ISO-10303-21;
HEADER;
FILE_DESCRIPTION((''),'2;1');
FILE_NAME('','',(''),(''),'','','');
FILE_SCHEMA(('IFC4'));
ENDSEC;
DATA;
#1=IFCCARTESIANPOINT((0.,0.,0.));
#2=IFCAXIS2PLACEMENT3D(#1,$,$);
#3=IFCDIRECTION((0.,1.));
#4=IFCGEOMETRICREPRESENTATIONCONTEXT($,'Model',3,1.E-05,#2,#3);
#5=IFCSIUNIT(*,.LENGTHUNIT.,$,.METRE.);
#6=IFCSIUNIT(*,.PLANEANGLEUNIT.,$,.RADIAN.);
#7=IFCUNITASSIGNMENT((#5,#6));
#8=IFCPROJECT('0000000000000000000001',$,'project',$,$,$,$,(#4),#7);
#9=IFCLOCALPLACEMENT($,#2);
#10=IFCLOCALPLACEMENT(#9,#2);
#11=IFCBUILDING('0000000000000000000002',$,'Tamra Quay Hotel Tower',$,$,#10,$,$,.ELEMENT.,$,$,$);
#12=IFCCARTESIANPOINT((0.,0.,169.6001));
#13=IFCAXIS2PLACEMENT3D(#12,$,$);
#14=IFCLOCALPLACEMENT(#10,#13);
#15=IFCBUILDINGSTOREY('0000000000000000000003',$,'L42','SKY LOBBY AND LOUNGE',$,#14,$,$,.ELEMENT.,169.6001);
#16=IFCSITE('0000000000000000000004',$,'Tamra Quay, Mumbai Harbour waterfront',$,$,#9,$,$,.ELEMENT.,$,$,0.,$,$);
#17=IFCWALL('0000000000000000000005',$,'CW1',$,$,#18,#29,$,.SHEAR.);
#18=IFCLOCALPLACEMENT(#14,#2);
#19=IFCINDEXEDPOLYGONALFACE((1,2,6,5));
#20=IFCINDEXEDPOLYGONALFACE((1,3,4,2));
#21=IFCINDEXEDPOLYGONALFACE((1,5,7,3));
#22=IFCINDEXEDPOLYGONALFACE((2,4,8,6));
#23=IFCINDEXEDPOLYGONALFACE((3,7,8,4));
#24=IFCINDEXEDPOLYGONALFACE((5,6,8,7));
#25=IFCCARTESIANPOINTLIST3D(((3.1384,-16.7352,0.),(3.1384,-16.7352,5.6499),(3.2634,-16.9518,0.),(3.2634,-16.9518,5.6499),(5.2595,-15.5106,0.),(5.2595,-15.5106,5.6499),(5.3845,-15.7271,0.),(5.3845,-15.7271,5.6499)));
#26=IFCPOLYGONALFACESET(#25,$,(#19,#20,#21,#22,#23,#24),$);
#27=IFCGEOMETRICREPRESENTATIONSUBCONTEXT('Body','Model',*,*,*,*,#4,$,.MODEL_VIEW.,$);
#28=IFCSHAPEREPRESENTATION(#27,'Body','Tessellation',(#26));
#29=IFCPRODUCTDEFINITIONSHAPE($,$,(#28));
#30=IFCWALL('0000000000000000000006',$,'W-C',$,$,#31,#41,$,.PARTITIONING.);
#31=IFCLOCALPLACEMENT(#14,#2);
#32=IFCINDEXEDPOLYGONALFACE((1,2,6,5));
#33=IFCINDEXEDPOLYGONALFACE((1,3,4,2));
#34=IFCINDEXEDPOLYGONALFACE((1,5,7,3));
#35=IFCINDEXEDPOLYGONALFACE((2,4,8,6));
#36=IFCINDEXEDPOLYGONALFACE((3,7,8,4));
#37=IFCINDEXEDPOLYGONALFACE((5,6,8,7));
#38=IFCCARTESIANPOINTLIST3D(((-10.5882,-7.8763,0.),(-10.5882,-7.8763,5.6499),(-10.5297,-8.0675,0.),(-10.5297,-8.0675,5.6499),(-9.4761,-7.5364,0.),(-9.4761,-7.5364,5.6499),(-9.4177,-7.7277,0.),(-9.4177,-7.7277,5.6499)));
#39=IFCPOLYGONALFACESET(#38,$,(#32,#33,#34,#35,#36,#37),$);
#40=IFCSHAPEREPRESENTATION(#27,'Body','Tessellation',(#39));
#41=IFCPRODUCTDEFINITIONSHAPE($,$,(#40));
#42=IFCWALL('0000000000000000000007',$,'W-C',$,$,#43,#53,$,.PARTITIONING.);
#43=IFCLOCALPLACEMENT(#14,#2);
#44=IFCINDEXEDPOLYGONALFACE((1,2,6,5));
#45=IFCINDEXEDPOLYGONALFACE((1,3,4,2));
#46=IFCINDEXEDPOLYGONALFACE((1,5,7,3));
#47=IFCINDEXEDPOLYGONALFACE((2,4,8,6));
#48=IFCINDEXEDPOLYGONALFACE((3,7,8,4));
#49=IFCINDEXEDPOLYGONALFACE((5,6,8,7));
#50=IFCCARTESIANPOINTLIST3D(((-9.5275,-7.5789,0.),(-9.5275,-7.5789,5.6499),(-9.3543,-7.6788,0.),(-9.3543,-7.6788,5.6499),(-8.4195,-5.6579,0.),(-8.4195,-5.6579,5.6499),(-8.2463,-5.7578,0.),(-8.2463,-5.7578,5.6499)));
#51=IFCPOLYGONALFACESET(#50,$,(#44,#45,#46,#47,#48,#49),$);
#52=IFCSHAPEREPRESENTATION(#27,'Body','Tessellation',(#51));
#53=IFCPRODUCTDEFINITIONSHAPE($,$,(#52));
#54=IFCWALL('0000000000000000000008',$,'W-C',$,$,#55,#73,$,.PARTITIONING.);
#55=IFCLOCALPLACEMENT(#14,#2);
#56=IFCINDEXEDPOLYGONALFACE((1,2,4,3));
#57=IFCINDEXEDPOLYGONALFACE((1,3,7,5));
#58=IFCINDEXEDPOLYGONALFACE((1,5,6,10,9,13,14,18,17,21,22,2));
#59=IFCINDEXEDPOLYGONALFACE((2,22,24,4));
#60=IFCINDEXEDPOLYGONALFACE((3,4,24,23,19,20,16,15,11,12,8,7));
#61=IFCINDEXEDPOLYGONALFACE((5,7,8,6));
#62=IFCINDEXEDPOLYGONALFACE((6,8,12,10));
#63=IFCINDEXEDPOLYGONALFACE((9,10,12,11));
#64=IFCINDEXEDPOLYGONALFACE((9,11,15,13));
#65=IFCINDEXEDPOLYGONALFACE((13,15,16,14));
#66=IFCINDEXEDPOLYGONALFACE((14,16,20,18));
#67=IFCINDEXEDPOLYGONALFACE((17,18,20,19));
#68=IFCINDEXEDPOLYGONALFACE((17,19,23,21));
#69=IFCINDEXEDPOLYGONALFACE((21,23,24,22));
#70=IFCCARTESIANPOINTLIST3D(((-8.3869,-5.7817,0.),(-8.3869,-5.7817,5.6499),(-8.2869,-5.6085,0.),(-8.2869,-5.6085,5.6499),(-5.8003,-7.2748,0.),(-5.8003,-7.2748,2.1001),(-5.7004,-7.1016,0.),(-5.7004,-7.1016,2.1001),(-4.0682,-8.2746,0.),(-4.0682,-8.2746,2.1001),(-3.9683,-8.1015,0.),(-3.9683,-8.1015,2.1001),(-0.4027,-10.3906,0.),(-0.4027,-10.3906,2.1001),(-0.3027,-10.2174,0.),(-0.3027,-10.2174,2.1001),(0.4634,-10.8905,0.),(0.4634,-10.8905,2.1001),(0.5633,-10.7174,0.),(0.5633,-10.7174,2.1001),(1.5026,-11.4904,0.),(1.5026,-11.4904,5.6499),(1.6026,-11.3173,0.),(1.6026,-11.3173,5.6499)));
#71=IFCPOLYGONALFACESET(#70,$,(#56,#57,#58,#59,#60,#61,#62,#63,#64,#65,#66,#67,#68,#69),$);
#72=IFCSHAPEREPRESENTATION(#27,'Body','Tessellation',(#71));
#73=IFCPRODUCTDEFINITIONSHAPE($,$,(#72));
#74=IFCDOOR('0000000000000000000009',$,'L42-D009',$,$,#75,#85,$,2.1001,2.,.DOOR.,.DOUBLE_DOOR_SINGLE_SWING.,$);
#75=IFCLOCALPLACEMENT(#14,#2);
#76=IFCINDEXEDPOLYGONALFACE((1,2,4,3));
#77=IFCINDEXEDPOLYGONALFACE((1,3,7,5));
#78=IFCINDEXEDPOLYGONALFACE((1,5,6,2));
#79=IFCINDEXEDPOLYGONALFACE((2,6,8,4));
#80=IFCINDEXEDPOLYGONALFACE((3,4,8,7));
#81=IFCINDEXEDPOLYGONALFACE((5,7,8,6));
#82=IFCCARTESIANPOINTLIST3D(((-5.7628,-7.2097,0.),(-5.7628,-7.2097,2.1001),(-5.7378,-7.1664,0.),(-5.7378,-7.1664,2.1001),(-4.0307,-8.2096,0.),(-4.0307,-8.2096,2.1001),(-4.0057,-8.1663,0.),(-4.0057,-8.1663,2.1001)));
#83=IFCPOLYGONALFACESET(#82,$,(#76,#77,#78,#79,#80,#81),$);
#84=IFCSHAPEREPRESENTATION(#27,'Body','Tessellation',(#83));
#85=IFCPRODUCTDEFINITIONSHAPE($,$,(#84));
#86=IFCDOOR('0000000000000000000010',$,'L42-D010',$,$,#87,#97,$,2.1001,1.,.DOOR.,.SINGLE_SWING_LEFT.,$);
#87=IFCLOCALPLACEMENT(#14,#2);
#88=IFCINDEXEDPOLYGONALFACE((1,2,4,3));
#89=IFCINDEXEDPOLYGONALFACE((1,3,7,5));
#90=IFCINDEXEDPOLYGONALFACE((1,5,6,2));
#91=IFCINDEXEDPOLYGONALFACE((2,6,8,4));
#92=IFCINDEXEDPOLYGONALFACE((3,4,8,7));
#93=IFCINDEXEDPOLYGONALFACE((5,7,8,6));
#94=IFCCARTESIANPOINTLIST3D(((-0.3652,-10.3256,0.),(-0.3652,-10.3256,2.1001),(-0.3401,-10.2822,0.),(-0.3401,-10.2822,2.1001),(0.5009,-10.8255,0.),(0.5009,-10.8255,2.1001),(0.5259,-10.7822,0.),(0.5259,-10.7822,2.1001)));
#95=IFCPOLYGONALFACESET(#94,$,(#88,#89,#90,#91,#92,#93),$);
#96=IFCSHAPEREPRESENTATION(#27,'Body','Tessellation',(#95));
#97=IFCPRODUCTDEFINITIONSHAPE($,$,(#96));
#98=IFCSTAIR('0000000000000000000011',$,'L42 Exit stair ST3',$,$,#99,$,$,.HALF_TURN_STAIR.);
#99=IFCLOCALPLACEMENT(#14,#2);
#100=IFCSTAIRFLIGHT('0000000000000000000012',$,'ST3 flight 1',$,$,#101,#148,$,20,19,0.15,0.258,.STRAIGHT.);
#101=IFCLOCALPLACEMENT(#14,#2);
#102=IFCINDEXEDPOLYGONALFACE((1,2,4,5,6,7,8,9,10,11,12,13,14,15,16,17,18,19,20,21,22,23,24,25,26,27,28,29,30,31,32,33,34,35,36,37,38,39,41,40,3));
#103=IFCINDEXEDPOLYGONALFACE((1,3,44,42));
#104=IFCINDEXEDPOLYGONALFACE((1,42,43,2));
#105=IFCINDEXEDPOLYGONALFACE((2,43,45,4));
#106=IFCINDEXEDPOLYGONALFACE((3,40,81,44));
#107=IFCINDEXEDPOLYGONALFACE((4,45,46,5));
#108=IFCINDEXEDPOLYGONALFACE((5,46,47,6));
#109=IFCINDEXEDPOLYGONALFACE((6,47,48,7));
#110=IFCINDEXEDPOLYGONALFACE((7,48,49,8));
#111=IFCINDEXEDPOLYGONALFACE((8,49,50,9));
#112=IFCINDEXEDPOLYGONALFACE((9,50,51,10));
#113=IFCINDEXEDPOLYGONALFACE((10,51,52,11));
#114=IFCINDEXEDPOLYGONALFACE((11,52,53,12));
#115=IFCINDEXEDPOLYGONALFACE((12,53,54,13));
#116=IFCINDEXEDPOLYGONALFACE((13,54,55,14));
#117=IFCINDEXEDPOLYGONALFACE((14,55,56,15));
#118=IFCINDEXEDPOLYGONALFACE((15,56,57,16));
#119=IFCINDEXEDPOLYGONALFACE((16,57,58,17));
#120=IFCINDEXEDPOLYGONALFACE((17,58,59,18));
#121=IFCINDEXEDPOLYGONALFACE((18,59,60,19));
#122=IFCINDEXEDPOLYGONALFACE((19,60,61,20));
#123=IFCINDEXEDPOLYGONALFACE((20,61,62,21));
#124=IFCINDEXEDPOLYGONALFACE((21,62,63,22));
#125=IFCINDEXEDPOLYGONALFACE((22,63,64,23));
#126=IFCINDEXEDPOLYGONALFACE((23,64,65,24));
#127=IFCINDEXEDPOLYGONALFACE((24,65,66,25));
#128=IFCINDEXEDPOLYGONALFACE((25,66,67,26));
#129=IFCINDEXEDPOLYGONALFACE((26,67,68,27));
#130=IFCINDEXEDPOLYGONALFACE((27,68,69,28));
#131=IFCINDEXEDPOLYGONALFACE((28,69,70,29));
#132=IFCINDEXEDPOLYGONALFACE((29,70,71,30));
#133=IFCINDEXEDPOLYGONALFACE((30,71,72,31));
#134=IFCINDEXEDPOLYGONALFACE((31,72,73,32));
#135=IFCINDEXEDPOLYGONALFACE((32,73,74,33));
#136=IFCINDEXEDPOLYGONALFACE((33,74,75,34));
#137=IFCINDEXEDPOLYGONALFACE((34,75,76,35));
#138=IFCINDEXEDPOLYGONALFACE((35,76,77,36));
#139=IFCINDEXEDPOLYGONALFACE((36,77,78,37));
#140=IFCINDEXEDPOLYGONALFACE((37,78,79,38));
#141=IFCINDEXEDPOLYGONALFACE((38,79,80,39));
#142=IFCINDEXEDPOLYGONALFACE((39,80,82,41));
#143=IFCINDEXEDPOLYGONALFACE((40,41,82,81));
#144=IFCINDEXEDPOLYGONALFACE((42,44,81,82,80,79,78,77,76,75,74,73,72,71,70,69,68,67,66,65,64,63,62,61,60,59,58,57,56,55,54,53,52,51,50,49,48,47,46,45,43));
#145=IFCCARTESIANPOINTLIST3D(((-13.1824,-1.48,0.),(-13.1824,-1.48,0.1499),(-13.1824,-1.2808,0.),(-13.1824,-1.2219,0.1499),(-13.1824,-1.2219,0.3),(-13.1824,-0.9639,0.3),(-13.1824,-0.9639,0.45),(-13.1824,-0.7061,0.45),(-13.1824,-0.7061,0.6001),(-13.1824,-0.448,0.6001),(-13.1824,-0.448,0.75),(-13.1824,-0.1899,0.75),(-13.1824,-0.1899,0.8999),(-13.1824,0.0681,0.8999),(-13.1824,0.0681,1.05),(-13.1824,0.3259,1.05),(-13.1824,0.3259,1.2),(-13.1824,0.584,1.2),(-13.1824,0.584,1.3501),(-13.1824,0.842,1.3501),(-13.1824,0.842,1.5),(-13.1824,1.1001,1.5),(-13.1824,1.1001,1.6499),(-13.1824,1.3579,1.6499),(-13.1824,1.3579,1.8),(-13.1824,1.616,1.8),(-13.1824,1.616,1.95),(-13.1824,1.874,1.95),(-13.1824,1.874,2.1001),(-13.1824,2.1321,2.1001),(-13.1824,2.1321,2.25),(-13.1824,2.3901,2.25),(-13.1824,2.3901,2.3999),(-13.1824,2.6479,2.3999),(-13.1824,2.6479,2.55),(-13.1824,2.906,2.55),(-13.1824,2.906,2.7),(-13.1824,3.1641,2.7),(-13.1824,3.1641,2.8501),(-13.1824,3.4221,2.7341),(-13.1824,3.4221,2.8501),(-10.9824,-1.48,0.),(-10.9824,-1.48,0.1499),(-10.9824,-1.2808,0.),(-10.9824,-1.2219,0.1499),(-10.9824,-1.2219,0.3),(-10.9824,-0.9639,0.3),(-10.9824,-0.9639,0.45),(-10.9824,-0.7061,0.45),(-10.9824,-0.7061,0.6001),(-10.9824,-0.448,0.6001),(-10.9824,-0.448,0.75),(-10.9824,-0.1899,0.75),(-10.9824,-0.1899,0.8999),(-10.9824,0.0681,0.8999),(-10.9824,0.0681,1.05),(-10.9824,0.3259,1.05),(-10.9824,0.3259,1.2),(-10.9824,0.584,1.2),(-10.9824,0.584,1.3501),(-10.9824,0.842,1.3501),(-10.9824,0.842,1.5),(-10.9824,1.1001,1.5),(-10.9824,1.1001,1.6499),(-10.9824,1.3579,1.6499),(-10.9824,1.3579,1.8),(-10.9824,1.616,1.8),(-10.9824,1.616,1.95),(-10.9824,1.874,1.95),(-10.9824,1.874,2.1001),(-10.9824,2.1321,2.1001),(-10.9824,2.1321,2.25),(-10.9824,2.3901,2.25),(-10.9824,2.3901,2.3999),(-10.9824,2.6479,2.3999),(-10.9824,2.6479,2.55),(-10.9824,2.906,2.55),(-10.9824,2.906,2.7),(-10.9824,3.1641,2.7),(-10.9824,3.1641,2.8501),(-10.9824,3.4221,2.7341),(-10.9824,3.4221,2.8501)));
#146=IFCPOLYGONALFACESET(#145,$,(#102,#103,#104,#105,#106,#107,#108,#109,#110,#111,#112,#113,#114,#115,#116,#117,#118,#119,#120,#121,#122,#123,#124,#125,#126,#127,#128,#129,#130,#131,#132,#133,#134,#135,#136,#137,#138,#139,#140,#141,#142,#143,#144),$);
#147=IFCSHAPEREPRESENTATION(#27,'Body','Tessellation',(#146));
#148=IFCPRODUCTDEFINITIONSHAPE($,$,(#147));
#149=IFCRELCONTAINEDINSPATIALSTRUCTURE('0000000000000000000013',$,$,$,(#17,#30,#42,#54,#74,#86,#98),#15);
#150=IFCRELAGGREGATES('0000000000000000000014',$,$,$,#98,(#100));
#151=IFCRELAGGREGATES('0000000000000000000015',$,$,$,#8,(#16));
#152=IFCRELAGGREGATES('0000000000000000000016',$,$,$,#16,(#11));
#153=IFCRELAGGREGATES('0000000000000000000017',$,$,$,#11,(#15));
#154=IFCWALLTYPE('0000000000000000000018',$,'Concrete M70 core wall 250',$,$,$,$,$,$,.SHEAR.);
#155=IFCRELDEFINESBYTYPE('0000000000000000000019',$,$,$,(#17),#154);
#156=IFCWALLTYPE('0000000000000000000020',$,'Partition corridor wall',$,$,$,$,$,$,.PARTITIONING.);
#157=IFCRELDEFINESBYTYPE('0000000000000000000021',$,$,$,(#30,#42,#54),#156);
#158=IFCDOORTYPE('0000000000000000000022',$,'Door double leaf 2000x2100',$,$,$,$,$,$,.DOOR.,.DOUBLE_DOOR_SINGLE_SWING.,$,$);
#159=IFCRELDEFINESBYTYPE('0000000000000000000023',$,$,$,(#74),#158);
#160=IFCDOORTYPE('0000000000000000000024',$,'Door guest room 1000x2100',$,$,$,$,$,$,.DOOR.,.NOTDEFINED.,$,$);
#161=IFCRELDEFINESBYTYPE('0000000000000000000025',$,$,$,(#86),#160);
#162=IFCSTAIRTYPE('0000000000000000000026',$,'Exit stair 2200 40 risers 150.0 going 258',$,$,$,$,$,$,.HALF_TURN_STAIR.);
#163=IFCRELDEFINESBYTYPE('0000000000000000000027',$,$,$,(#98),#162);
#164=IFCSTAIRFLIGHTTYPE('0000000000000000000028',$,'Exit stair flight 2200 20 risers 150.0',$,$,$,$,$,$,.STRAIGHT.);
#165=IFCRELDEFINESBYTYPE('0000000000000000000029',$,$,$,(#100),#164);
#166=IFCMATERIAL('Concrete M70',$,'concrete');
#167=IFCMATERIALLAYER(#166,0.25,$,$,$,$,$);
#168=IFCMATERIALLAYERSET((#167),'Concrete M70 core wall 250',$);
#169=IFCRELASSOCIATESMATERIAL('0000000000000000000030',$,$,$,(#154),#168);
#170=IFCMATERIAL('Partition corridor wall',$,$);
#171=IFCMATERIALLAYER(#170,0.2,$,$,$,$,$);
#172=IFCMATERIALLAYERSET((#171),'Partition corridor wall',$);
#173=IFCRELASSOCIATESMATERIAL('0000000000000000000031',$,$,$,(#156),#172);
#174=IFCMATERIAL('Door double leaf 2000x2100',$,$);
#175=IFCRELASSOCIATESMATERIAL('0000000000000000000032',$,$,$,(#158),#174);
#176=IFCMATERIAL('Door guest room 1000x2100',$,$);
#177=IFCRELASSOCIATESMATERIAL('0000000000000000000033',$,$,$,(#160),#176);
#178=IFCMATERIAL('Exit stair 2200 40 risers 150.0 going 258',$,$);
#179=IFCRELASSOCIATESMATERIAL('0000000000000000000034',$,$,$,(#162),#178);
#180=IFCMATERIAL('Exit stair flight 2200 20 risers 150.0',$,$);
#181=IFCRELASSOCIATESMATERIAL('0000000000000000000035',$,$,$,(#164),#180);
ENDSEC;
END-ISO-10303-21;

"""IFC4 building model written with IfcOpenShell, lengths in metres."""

from ifc_helpers import new_model, si_unit, direction, frame, frame_2d, origin, place, context, subcontext, project, spatial, polyline, rectangle, outline, extrude, material, layer, layer_set, type_object, element, fill, aggregate, save


model = new_model("IFC4")

# Units and contexts
model_context = context("Model", 3, precision=1e-05, world=origin(), true_north=direction((0.0, 1.0)))
body_context = subcontext(model_context, "Body", "Model", "MODEL_VIEW")
ifc_project = project(units=[si_unit("LENGTHUNIT", "METRE"), si_unit("PLANEANGLEUNIT", "RADIAN")], contexts=[model_context])

# Site, building, storey
site_placement = place(None, origin())
site = spatial("IfcSite", under=ifc_project, at=site_placement, Name="Tamra Quay, Mumbai Harbour waterfront", CompositionType="ELEMENT", RefElevation=0.0)
building_placement = place(site_placement, origin())
building = spatial("IfcBuilding", under=site, at=building_placement, Name="Tamra Quay Hotel Tower", CompositionType="ELEMENT")
storey_placement = place(building_placement, frame((0.0, 0.0, 169.6001)))
storey = spatial("IfcBuildingStorey", under=building, at=storey_placement, Name="L42", Description="SKY LOBBY AND LOUNGE", CompositionType="ELEMENT", Elevation=169.6001)

# Shared definitions
ifc_material_1 = material(Name="Concrete M70", Category="concrete")

# Shared definitions
ifc_layer_1 = layer(ifc_material_1, 0.25)
ifc_layer_set_1 = layer_set([ifc_layer_1], Name="Concrete M70 core wall 250")
wall_type_1 = type_object("IfcWallType", Name="Concrete M70 core wall 250", PredefinedType="SHEAR", material=ifc_layer_set_1)

# Walls
wall_1_placement = place(storey_placement, frame((5.322, -15.6189, 0.0), z_axis=(0.0, 0.0, 1.0), x_axis=(-0.866026, -0.499999, 0.0)))
element("IfcWall", 1, at=wall_1_placement, inside=storey, type_object=wall_type_1, Name="CW1", PredefinedType="SHEAR", context=body_context, shape_type="SweptSolid", body=[
    extrude(rectangle(XDim=2.4492, YDim=0.25, at=frame_2d((1.2246, 0.0))), origin(), (0.0, 0.0, 1.0), 5.6499),
])
ifc_material_2 = material(Name="Partition corridor wall")
ifc_layer_2 = layer(ifc_material_2, 0.2)
ifc_layer_set_2 = layer_set([ifc_layer_2], Name="Partition corridor wall")
wall_type_2 = type_object("IfcWallType", Name="Partition corridor wall", PredefinedType="PARTITIONING", material=ifc_layer_set_2)
wall_2_placement = place(storey_placement, frame((-10.5591, -7.9719, 0.0), z_axis=(0.0, 0.0, 1.0), x_axis=(0.95634, 0.292256, 0.0)))
element("IfcWall", 2, at=wall_2_placement, inside=storey, type_object=wall_type_2, Name="W-C", PredefinedType="PARTITIONING", context=body_context, shape_type="SweptSolid", body=[
    extrude(rectangle(XDim=1.1628, YDim=0.2, at=frame_2d((0.5815, 0.0))), origin(), (0.0, 0.0, 1.0), 5.6499),
])
wall_3_placement = place(storey_placement, frame((-9.4409, -7.6289, 0.0), z_axis=(0.0, 0.0, 1.0), x_axis=(0.499621, 0.866244, 0.0)))
element("IfcWall", 3, at=wall_3_placement, inside=storey, type_object=wall_type_2, Name="W-C", PredefinedType="PARTITIONING", context=body_context, shape_type="SweptSolid", body=[
    extrude(rectangle(XDim=2.2175, YDim=0.2, at=frame_2d((1.1089, 0.0))), origin(), (0.0, 0.0, 1.0), 5.6499),
])

# Wall, openings, doors
wall_4_placement = place(storey_placement, frame((-8.3369, -5.6951, 0.0), z_axis=(0.0, 0.0, 1.0), x_axis=(0.86606, -0.49994, 0.0)))
wall_4 = element("IfcWall", 4, at=wall_4_placement, inside=storey, type_object=wall_type_2, Name="W-C", PredefinedType="PARTITIONING", context=body_context, shape_type="SweptSolid", body=[
    extrude(rectangle(XDim=11.4189, YDim=0.2, at=frame_2d((5.7095, 0.0))), origin(), (0.0, 0.0, 1.0), 5.6499),
])
opening_1_placement = place(wall_4_placement, frame((2.9866, 0.0, 0.0)))
opening_1 = element("IfcOpeningElement", 5, at=opening_1_placement, cuts=wall_4, PredefinedType="OPENING", context=body_context, shape_type="SweptSolid", body=[
    extrude(rectangle(XDim=2.0, YDim=2.1001, at=frame_2d((1.0, 1.05))), frame((0.0, 0.1099, 0.0), z_axis=(0.0, -1.0, 0.0), x_axis=(1.0, 0.0, 0.0)), (0.0, 0.0, 1.0), 0.22),
])
opening_2_placement = place(wall_4_placement, frame((9.219, 0.0, 0.0)))
opening_2 = element("IfcOpeningElement", 6, at=opening_2_placement, cuts=wall_4, PredefinedType="OPENING", context=body_context, shape_type="SweptSolid", body=[
    extrude(rectangle(XDim=1.0, YDim=2.1001, at=frame_2d((0.5, 1.05))), frame((0.0, 0.1099, 0.0), z_axis=(0.0, -1.0, 0.0), x_axis=(1.0, 0.0, 0.0)), (0.0, 0.0, 1.0), 0.22),
])
ifc_material_3 = material(Name="Door double leaf 2000x2100")
door_type_1 = type_object("IfcDoorType", Name="Door double leaf 2000x2100", OperationType="DOUBLE_DOOR_SINGLE_SWING", PredefinedType="DOOR", material=ifc_material_3)
door_1_placement = place(opening_1_placement, frame((2.0, 0.0, 0.0), z_axis=(0.0, 0.0, 1.0), x_axis=(-1.0, 0.0, 0.0)))
door_1 = element("IfcDoor", 7, at=door_1_placement, inside=storey, type_object=door_type_1, Name="L42-D009", OperationType="DOUBLE_DOOR_SINGLE_SWING", OverallHeight=2.1001, OverallWidth=2.0, PredefinedType="DOOR", context=body_context, shape_type="SweptSolid", body=[
    extrude(rectangle(XDim=2.0, YDim=2.1001, at=frame_2d((1.0, 1.05))), frame((0.0, 0.0249, 0.0), z_axis=(0.0, -1.0, 0.0), x_axis=(1.0, 0.0, 0.0)), (0.0, 0.0, 1.0), 0.05),
])
fill(opening_1, door_1)
ifc_material_4 = material(Name="Door guest room 1000x2100")
door_type_2 = type_object("IfcDoorType", Name="Door guest room 1000x2100", OperationType="NOTDEFINED", PredefinedType="DOOR", material=ifc_material_4)
door_2_placement = place(opening_2_placement, frame((1.0, 0.0, 0.0), z_axis=(0.0, 0.0, 1.0), x_axis=(-1.0, 0.0, 0.0)))
door_2 = element("IfcDoor", 8, at=door_2_placement, inside=storey, type_object=door_type_2, Name="L42-D010", OperationType="SINGLE_SWING_LEFT", OverallHeight=2.1001, OverallWidth=1.0, PredefinedType="DOOR", context=body_context, shape_type="SweptSolid", body=[
    extrude(rectangle(XDim=1.0, YDim=2.1001, at=frame_2d((0.5, 1.05))), frame((0.0, 0.0249, 0.0), z_axis=(0.0, -1.0, 0.0), x_axis=(1.0, 0.0, 0.0)), (0.0, 0.0, 1.0), 0.05),
])
fill(opening_2, door_2)

# Stair, stair flight
ifc_material_5 = material(Name="Exit stair 2200 40 risers 150.0 going 258")
stair_type = type_object("IfcStairType", Name="Exit stair 2200 40 risers 150.0 going 258", PredefinedType="HALF_TURN_STAIR", material=ifc_material_5)
stair_1_placement = place(storey_placement, origin())
stair_1 = element("IfcStair", 9, at=stair_1_placement, inside=storey, type_object=stair_type, Name="L42 Exit stair ST3", PredefinedType="HALF_TURN_STAIR")
ifc_material_6 = material(Name="Exit stair flight 2200 20 risers 150.0")
stair_flight_type = type_object("IfcStairFlightType", Name="Exit stair flight 2200 20 risers 150.0", PredefinedType="STRAIGHT", material=ifc_material_6)
stair_flight_1_placement = place(storey_placement, frame((-12.0823, -1.48, 0.0), z_axis=(0.0, 0.0, 1.0), x_axis=(0.0, 1.0, 0.0)))
stair_flight_1 = element("IfcStairFlight", 10, at=stair_flight_1_placement, type_object=stair_flight_type, Name="ST3 flight 1", NumberOfRisers=20, NumberOfTreads=19, PredefinedType="STRAIGHT", RiserHeight=0.15, TreadLength=0.258, context=body_context, shape_type="SweptSolid", body=[
    extrude(outline(polyline([(0.0, 0.0), (0.0, 0.1499), (0.2581, 0.1499), (0.2581, 0.3), (0.5161, 0.3), (0.5161, 0.45), (0.7739, 0.45), (0.7739, 0.6001), (1.032, 0.6001), (1.032, 0.75), (1.29, 0.75), (1.29, 0.8999), (1.5481, 0.8999), (1.5481, 1.05), (1.8059, 1.05), (1.8059, 1.2), (2.064, 1.2), (2.064, 1.3501), (2.322, 1.3501), (2.322, 1.5), (2.5801, 1.5), (2.5801, 1.6499), (2.8379, 1.6499), (2.8379, 1.8), (3.0959, 1.8), (3.0959, 1.95), (3.354, 1.95), (3.354, 2.1001), (3.6121, 2.1001), (3.6121, 2.25), (3.8701, 2.25), (3.8701, 2.3999), (4.1279, 2.3999), (4.1279, 2.55), (4.386, 2.55), (4.386, 2.7), (4.644, 2.7), (4.644, 2.8501), (4.9021, 2.8501), (4.9021, 3.0), (4.9021, 2.7341), (0.1992, 0.0), (0.0, 0.0)])), frame((0.0, 1.1001, 0.0), z_axis=(0.0, -1.0, 0.0), x_axis=(1.0, 0.0, 0.0)), (0.0, 0.0, 1.0), 2.2),
])
aggregate(stair_1, [stair_flight_1])

save(model, "model.ifc")
